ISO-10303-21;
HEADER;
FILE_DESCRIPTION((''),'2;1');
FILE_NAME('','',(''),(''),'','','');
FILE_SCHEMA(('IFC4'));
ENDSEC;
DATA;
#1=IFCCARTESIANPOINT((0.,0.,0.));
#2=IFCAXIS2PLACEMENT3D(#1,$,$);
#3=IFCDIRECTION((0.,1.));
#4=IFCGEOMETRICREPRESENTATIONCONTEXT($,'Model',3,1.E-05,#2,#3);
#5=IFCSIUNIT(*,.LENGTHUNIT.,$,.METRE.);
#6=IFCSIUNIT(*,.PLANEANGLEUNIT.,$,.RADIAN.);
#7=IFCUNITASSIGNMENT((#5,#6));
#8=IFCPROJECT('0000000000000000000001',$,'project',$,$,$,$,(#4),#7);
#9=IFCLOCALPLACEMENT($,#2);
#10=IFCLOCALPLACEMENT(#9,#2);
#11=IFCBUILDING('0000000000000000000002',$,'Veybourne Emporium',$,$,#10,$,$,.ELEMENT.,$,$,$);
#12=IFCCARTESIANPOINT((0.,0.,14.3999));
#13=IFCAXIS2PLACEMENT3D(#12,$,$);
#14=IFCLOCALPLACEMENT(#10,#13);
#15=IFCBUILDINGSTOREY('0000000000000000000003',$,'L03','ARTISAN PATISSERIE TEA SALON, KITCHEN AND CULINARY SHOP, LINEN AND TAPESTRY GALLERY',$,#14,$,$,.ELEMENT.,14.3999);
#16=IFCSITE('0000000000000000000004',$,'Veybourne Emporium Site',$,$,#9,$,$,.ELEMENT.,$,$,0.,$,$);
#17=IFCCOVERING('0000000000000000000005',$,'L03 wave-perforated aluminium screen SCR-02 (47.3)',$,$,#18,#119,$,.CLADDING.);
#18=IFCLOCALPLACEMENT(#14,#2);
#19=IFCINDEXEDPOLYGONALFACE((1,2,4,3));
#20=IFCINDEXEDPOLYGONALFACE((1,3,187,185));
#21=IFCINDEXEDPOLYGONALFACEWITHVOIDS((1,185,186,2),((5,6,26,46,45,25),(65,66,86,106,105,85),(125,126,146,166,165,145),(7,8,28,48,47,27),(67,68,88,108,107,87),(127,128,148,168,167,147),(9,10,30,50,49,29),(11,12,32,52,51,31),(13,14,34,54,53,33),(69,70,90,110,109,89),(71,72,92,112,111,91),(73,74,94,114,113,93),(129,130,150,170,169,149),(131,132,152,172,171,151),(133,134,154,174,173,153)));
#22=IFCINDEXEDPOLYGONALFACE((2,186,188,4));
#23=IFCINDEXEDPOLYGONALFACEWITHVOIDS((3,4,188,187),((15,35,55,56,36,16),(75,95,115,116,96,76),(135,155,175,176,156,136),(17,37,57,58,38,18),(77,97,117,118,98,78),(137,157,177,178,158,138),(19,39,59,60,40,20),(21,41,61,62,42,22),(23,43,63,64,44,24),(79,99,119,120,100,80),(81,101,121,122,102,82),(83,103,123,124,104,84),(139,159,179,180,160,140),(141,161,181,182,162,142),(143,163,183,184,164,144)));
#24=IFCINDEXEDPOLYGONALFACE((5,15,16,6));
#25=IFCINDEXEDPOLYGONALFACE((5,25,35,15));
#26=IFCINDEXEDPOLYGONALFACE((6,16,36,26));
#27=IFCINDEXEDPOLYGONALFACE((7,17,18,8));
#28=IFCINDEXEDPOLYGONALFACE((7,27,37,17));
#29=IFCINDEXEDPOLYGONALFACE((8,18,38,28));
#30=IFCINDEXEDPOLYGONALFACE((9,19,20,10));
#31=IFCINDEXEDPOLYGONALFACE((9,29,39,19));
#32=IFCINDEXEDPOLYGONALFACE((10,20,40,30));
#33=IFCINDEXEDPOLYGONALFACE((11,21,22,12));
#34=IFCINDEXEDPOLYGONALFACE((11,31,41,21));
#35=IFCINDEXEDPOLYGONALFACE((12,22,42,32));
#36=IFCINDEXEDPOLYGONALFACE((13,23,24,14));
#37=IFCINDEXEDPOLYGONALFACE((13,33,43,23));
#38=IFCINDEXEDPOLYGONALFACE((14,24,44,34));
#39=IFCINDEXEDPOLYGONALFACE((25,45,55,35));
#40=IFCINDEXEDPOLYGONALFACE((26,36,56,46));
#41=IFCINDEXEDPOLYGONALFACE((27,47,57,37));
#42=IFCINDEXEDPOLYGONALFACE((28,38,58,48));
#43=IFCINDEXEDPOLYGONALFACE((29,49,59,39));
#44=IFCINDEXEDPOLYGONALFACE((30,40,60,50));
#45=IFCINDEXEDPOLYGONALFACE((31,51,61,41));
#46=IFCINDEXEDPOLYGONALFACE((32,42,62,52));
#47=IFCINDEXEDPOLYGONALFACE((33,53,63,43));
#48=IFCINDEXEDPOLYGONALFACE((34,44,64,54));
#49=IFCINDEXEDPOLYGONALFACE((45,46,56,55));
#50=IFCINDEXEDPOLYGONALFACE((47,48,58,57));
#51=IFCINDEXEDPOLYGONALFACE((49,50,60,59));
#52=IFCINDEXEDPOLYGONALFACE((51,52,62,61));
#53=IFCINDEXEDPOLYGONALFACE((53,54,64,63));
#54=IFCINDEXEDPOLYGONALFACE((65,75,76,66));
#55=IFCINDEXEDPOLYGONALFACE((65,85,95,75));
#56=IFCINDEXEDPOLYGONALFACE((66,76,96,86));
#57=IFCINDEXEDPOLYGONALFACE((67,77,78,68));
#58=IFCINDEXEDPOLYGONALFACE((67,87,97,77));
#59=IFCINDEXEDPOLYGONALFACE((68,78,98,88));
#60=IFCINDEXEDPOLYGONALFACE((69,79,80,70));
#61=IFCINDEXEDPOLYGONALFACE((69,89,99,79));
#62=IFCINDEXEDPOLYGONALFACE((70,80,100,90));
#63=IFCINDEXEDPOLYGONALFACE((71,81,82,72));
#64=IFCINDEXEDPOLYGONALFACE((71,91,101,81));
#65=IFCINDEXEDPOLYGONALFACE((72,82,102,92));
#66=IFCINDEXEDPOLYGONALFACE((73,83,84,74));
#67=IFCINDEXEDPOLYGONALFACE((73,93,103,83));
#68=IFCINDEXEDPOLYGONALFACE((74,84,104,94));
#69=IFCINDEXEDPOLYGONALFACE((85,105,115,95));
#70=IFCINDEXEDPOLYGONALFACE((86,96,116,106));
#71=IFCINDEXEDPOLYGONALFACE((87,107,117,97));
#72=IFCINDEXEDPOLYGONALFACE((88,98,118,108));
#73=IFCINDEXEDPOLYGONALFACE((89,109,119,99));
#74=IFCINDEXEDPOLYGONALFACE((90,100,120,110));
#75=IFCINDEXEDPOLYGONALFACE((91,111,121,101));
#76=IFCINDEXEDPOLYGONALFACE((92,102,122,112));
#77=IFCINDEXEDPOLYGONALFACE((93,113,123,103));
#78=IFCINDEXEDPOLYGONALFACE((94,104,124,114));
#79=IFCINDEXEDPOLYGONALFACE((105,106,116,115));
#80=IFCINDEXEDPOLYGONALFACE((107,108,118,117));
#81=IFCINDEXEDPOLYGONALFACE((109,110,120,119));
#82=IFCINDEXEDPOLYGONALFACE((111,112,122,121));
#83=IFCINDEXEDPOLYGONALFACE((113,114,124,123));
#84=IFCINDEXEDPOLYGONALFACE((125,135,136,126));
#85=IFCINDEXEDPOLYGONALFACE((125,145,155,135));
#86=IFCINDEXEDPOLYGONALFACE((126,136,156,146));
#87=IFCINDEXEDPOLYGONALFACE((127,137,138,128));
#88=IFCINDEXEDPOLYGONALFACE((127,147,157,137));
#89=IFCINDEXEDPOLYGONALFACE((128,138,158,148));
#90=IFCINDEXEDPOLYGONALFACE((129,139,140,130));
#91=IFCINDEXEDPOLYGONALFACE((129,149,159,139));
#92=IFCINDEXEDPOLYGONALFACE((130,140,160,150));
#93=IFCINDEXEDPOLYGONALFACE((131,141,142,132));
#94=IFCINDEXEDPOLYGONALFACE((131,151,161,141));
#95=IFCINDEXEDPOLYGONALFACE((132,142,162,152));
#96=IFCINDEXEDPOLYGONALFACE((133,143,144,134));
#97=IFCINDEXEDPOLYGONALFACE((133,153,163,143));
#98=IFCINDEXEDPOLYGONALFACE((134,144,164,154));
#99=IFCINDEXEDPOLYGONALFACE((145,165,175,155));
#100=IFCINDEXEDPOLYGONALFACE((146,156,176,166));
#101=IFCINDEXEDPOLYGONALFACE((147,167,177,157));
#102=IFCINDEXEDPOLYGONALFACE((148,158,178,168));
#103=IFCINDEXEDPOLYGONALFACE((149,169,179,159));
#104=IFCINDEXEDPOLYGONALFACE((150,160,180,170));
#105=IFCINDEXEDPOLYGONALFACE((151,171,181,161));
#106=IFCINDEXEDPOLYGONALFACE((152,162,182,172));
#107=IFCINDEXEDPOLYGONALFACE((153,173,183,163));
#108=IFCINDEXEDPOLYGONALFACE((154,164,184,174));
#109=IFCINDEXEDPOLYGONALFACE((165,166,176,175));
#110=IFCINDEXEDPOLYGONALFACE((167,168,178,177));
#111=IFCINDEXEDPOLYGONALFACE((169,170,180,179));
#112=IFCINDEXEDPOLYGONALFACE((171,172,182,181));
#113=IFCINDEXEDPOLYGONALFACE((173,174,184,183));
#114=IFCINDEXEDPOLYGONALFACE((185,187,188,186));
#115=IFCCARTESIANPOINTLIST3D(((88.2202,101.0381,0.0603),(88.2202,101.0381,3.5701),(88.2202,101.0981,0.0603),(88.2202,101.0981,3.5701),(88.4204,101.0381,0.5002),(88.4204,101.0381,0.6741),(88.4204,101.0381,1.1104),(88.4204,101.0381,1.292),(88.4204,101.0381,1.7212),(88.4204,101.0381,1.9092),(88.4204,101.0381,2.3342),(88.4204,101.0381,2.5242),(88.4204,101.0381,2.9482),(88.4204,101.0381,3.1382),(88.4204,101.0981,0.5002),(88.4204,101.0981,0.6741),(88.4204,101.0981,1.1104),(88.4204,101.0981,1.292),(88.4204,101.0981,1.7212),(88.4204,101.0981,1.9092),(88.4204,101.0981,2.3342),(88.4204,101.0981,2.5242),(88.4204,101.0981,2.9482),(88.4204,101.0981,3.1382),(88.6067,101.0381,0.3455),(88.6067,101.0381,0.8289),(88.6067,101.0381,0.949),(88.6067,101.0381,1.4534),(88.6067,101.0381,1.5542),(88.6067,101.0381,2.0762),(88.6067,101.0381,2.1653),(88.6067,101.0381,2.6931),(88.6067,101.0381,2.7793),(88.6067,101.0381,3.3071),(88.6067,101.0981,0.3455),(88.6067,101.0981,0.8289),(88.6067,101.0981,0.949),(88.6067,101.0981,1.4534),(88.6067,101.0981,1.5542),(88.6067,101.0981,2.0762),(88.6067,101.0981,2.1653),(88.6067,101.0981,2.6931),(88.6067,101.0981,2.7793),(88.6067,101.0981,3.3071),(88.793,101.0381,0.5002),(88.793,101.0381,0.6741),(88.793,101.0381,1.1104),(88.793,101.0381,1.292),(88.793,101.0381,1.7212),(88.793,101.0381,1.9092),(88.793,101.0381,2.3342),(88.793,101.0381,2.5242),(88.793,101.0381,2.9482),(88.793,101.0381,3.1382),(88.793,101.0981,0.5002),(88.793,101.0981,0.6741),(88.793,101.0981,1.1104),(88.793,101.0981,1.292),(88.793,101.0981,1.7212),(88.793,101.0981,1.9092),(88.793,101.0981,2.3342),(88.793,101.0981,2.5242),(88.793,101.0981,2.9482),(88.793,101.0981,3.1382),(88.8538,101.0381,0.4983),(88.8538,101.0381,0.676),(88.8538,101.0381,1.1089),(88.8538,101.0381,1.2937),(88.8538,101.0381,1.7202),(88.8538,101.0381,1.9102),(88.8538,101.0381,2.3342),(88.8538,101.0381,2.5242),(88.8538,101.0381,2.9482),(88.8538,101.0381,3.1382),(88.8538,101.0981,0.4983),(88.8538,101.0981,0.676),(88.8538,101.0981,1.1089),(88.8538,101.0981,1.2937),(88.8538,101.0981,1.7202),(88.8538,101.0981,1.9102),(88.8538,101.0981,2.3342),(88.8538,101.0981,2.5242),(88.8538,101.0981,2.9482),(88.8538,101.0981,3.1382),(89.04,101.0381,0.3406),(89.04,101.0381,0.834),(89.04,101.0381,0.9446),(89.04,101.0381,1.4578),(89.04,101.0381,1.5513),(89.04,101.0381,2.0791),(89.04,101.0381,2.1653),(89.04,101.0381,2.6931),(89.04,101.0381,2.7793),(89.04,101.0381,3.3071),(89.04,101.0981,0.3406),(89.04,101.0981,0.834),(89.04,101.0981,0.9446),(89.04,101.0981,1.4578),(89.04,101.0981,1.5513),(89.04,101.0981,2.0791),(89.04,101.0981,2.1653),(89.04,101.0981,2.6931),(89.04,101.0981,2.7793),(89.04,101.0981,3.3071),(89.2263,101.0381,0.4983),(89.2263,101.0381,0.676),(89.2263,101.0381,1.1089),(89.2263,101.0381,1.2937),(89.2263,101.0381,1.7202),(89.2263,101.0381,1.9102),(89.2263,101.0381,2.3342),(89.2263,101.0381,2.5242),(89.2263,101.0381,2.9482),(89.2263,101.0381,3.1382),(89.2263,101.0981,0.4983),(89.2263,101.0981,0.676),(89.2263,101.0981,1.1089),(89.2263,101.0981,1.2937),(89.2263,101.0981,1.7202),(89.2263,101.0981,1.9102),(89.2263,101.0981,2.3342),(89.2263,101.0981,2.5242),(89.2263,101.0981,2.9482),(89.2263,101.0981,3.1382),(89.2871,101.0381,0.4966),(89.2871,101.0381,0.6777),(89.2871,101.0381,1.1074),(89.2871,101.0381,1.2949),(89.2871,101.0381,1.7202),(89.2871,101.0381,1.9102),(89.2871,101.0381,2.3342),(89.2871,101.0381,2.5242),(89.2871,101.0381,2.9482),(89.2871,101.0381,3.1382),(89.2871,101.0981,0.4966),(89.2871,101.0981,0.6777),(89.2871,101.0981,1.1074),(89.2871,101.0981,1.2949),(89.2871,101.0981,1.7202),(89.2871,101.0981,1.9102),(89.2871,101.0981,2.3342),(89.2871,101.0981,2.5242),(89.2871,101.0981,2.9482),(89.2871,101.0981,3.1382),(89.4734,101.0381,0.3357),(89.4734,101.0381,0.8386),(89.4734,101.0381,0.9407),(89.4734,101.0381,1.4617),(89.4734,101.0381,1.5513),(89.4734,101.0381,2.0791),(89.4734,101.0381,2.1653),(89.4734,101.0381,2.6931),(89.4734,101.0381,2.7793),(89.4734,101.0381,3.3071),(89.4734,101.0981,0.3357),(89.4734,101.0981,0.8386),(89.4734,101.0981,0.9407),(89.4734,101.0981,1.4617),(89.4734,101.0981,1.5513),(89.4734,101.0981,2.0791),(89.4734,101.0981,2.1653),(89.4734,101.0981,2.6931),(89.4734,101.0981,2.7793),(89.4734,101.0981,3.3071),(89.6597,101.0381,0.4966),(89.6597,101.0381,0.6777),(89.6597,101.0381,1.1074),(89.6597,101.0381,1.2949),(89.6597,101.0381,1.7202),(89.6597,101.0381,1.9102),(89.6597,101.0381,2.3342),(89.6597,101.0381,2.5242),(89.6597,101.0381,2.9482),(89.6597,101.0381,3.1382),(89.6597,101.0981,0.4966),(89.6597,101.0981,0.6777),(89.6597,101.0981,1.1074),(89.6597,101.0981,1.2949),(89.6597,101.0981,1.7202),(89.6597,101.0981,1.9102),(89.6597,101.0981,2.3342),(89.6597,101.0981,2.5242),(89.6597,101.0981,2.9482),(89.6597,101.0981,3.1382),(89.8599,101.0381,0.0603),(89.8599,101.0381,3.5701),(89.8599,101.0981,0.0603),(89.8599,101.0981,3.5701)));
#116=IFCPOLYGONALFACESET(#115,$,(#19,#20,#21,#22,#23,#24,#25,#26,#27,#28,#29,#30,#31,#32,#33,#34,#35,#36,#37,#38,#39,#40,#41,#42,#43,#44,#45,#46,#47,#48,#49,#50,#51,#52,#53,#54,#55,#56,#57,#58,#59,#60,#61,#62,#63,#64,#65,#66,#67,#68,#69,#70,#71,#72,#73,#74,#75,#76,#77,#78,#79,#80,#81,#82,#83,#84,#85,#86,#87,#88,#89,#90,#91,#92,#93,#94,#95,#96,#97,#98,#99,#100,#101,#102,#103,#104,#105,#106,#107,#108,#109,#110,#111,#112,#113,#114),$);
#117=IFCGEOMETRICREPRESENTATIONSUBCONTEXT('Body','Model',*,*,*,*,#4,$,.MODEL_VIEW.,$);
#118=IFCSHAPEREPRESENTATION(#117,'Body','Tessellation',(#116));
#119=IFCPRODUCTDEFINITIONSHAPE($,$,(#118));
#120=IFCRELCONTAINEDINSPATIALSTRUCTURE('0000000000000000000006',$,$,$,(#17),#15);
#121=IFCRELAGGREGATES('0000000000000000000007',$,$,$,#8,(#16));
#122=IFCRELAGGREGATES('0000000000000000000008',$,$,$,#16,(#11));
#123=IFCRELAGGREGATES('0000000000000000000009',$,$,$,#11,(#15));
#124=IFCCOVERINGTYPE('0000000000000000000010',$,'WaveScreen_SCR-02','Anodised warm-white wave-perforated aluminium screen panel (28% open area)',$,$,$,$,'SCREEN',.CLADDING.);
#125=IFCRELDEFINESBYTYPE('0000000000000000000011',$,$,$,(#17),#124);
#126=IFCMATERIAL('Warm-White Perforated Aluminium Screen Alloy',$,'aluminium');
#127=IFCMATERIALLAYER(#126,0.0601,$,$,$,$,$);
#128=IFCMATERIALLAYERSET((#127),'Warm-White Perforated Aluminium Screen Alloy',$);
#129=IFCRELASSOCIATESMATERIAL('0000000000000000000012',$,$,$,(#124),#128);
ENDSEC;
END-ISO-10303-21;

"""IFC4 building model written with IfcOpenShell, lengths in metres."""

from ifc_helpers import new_model, si_unit, direction, frame, origin, place, context, subcontext, project, spatial, polyline, outline, extrude, material, layer, layer_set, type_object, element, save


model = new_model("IFC4")

# Units and contexts
model_context = context("Model", 3, precision=1e-05, world=origin(), true_north=direction((0.0, 1.0)))
body_context = subcontext(model_context, "Body", "Model", "MODEL_VIEW")
ifc_project = project(units=[si_unit("LENGTHUNIT", "METRE"), si_unit("PLANEANGLEUNIT", "RADIAN")], contexts=[model_context])

# Site, building, storey
site_placement = place(None, origin())
site = spatial("IfcSite", under=ifc_project, at=site_placement, Name="Veybourne Emporium Site", CompositionType="ELEMENT", RefElevation=0.0)
building_placement = place(site_placement, origin())
building = spatial("IfcBuilding", under=site, at=building_placement, Name="Veybourne Emporium", CompositionType="ELEMENT")
storey_placement = place(building_placement, frame((0.0, 0.0, 14.3999)))
storey = spatial("IfcBuildingStorey", under=building, at=storey_placement, Name="L03", Description="ARTISAN PATISSERIE TEA SALON, KITCHEN AND CULINARY SHOP, LINEN AND TAPESTRY GALLERY", CompositionType="ELEMENT", Elevation=14.3999)

# Covering
ifc_material_1 = material(Name="Warm-White Perforated Aluminium Screen Alloy", Category="aluminium")
ifc_layer_1 = layer(ifc_material_1, 0.0601)
ifc_layer_set_1 = layer_set([ifc_layer_1], Name="Warm-White Perforated Aluminium Screen Alloy")
covering_type_1 = type_object("IfcCoveringType", Name="WaveScreen_SCR-02", Description="Anodised warm-white wave-perforated aluminium screen panel (28% open area)", ElementType="SCREEN", PredefinedType="CLADDING", material=ifc_layer_set_1)
covering_1_placement = place(storey_placement, frame((89.04, 101.0981, 1.8152), z_axis=(0.0, -1.0, 0.0), x_axis=(1.0, 0.0, 0.0)))
element("IfcCovering", 1, at=covering_1_placement, inside=storey, type_object=covering_type_1, Name="L03 wave-perforated aluminium screen SCR-02 (47.3)", PredefinedType="CLADDING", context=body_context, shape_type="SweptSolid", body=[
    extrude(outline(polyline([(-0.8198, -1.7549), (0.8198, -1.7549), (0.8198, 1.7549), (-0.8198, 1.7549), (-0.8198, -1.7549)]), holes=[polyline([(-0.4333, -0.9863), (-0.2471, -1.1411), (-0.2471, -1.3149), (-0.4333, -1.4697), (-0.6196, -1.3149), (-0.6196, -1.1411), (-0.4333, -0.9863)]), polyline([(-0.4333, -0.3618), (-0.2471, -0.5232), (-0.2471, -0.7048), (-0.4333, -0.8662), (-0.6196, -0.7048), (-0.6196, -0.5232), (-0.4333, -0.3618)]), polyline([(-0.4333, 0.261), (-0.2471, 0.094), (-0.2471, -0.094), (-0.4333, -0.261), (-0.6196, -0.094), (-0.6196, 0.094), (-0.4333, 0.261)]), polyline([(-0.4333, 0.8779), (-0.2471, 0.709), (-0.2471, 0.519), (-0.4333, 0.3501), (-0.6196, 0.519), (-0.6196, 0.709), (-0.4333, 0.8779)]), polyline([(-0.4333, 1.4919), (-0.2471, 1.323), (-0.2471, 1.1331), (-0.4333, 0.9641), (-0.6196, 1.1331), (-0.6196, 1.323), (-0.4333, 1.4919)]), polyline([(0.0, -0.9812), (0.1863, -1.1392), (0.1863, -1.3169), (0.0, -1.4746), (-0.1863, -1.3169), (-0.1863, -1.1392), (0.0, -0.9812)]), polyline([(0.0, -0.3574), (0.1863, -0.5215), (0.1863, -0.7063), (0.0, -0.8706), (-0.1863, -0.7063), (-0.1863, -0.5215), (0.0, -0.3574)]), polyline([(0.0, 0.2639), (0.1863, 0.095), (0.1863, -0.095), (0.0, -0.2639), (-0.1863, -0.095), (-0.1863, 0.095), (0.0, 0.2639)]), polyline([(0.0, 0.8779), (0.1863, 0.709), (0.1863, 0.519), (0.0, 0.3501), (-0.1863, 0.519), (-0.1863, 0.709), (0.0, 0.8779)]), polyline([(0.0, 1.4919), (0.1863, 1.323), (0.1863, 1.1331), (0.0, 0.9641), (-0.1863, 1.1331), (-0.1863, 1.323), (0.0, 1.4919)]), polyline([(0.4333, -0.9766), (0.6196, -1.1375), (0.6196, -1.3186), (0.4333, -1.4795), (0.2471, -1.3186), (0.2471, -1.1375), (0.4333, -0.9766)]), polyline([(0.4333, -0.3535), (0.6196, -0.5203), (0.6196, -0.7078), (0.4333, -0.8745), (0.2471, -0.7078), (0.2471, -0.5203), (0.4333, -0.3535)]), polyline([(0.4333, 0.2639), (0.6196, 0.095), (0.6196, -0.095), (0.4333, -0.2639), (0.2471, -0.095), (0.2471, 0.095), (0.4333, 0.2639)]), polyline([(0.4333, 0.8779), (0.6196, 0.709), (0.6196, 0.519), (0.4333, 0.3501), (0.2471, 0.519), (0.2471, 0.709), (0.4333, 0.8779)]), polyline([(0.4333, 1.4919), (0.6196, 1.323), (0.6196, 1.1331), (0.4333, 0.9641), (0.2471, 1.1331), (0.2471, 1.323), (0.4333, 1.4919)])]), origin(), (0.0, 0.0, 1.0), 0.0601),
])

save(model, "model.ifc")
